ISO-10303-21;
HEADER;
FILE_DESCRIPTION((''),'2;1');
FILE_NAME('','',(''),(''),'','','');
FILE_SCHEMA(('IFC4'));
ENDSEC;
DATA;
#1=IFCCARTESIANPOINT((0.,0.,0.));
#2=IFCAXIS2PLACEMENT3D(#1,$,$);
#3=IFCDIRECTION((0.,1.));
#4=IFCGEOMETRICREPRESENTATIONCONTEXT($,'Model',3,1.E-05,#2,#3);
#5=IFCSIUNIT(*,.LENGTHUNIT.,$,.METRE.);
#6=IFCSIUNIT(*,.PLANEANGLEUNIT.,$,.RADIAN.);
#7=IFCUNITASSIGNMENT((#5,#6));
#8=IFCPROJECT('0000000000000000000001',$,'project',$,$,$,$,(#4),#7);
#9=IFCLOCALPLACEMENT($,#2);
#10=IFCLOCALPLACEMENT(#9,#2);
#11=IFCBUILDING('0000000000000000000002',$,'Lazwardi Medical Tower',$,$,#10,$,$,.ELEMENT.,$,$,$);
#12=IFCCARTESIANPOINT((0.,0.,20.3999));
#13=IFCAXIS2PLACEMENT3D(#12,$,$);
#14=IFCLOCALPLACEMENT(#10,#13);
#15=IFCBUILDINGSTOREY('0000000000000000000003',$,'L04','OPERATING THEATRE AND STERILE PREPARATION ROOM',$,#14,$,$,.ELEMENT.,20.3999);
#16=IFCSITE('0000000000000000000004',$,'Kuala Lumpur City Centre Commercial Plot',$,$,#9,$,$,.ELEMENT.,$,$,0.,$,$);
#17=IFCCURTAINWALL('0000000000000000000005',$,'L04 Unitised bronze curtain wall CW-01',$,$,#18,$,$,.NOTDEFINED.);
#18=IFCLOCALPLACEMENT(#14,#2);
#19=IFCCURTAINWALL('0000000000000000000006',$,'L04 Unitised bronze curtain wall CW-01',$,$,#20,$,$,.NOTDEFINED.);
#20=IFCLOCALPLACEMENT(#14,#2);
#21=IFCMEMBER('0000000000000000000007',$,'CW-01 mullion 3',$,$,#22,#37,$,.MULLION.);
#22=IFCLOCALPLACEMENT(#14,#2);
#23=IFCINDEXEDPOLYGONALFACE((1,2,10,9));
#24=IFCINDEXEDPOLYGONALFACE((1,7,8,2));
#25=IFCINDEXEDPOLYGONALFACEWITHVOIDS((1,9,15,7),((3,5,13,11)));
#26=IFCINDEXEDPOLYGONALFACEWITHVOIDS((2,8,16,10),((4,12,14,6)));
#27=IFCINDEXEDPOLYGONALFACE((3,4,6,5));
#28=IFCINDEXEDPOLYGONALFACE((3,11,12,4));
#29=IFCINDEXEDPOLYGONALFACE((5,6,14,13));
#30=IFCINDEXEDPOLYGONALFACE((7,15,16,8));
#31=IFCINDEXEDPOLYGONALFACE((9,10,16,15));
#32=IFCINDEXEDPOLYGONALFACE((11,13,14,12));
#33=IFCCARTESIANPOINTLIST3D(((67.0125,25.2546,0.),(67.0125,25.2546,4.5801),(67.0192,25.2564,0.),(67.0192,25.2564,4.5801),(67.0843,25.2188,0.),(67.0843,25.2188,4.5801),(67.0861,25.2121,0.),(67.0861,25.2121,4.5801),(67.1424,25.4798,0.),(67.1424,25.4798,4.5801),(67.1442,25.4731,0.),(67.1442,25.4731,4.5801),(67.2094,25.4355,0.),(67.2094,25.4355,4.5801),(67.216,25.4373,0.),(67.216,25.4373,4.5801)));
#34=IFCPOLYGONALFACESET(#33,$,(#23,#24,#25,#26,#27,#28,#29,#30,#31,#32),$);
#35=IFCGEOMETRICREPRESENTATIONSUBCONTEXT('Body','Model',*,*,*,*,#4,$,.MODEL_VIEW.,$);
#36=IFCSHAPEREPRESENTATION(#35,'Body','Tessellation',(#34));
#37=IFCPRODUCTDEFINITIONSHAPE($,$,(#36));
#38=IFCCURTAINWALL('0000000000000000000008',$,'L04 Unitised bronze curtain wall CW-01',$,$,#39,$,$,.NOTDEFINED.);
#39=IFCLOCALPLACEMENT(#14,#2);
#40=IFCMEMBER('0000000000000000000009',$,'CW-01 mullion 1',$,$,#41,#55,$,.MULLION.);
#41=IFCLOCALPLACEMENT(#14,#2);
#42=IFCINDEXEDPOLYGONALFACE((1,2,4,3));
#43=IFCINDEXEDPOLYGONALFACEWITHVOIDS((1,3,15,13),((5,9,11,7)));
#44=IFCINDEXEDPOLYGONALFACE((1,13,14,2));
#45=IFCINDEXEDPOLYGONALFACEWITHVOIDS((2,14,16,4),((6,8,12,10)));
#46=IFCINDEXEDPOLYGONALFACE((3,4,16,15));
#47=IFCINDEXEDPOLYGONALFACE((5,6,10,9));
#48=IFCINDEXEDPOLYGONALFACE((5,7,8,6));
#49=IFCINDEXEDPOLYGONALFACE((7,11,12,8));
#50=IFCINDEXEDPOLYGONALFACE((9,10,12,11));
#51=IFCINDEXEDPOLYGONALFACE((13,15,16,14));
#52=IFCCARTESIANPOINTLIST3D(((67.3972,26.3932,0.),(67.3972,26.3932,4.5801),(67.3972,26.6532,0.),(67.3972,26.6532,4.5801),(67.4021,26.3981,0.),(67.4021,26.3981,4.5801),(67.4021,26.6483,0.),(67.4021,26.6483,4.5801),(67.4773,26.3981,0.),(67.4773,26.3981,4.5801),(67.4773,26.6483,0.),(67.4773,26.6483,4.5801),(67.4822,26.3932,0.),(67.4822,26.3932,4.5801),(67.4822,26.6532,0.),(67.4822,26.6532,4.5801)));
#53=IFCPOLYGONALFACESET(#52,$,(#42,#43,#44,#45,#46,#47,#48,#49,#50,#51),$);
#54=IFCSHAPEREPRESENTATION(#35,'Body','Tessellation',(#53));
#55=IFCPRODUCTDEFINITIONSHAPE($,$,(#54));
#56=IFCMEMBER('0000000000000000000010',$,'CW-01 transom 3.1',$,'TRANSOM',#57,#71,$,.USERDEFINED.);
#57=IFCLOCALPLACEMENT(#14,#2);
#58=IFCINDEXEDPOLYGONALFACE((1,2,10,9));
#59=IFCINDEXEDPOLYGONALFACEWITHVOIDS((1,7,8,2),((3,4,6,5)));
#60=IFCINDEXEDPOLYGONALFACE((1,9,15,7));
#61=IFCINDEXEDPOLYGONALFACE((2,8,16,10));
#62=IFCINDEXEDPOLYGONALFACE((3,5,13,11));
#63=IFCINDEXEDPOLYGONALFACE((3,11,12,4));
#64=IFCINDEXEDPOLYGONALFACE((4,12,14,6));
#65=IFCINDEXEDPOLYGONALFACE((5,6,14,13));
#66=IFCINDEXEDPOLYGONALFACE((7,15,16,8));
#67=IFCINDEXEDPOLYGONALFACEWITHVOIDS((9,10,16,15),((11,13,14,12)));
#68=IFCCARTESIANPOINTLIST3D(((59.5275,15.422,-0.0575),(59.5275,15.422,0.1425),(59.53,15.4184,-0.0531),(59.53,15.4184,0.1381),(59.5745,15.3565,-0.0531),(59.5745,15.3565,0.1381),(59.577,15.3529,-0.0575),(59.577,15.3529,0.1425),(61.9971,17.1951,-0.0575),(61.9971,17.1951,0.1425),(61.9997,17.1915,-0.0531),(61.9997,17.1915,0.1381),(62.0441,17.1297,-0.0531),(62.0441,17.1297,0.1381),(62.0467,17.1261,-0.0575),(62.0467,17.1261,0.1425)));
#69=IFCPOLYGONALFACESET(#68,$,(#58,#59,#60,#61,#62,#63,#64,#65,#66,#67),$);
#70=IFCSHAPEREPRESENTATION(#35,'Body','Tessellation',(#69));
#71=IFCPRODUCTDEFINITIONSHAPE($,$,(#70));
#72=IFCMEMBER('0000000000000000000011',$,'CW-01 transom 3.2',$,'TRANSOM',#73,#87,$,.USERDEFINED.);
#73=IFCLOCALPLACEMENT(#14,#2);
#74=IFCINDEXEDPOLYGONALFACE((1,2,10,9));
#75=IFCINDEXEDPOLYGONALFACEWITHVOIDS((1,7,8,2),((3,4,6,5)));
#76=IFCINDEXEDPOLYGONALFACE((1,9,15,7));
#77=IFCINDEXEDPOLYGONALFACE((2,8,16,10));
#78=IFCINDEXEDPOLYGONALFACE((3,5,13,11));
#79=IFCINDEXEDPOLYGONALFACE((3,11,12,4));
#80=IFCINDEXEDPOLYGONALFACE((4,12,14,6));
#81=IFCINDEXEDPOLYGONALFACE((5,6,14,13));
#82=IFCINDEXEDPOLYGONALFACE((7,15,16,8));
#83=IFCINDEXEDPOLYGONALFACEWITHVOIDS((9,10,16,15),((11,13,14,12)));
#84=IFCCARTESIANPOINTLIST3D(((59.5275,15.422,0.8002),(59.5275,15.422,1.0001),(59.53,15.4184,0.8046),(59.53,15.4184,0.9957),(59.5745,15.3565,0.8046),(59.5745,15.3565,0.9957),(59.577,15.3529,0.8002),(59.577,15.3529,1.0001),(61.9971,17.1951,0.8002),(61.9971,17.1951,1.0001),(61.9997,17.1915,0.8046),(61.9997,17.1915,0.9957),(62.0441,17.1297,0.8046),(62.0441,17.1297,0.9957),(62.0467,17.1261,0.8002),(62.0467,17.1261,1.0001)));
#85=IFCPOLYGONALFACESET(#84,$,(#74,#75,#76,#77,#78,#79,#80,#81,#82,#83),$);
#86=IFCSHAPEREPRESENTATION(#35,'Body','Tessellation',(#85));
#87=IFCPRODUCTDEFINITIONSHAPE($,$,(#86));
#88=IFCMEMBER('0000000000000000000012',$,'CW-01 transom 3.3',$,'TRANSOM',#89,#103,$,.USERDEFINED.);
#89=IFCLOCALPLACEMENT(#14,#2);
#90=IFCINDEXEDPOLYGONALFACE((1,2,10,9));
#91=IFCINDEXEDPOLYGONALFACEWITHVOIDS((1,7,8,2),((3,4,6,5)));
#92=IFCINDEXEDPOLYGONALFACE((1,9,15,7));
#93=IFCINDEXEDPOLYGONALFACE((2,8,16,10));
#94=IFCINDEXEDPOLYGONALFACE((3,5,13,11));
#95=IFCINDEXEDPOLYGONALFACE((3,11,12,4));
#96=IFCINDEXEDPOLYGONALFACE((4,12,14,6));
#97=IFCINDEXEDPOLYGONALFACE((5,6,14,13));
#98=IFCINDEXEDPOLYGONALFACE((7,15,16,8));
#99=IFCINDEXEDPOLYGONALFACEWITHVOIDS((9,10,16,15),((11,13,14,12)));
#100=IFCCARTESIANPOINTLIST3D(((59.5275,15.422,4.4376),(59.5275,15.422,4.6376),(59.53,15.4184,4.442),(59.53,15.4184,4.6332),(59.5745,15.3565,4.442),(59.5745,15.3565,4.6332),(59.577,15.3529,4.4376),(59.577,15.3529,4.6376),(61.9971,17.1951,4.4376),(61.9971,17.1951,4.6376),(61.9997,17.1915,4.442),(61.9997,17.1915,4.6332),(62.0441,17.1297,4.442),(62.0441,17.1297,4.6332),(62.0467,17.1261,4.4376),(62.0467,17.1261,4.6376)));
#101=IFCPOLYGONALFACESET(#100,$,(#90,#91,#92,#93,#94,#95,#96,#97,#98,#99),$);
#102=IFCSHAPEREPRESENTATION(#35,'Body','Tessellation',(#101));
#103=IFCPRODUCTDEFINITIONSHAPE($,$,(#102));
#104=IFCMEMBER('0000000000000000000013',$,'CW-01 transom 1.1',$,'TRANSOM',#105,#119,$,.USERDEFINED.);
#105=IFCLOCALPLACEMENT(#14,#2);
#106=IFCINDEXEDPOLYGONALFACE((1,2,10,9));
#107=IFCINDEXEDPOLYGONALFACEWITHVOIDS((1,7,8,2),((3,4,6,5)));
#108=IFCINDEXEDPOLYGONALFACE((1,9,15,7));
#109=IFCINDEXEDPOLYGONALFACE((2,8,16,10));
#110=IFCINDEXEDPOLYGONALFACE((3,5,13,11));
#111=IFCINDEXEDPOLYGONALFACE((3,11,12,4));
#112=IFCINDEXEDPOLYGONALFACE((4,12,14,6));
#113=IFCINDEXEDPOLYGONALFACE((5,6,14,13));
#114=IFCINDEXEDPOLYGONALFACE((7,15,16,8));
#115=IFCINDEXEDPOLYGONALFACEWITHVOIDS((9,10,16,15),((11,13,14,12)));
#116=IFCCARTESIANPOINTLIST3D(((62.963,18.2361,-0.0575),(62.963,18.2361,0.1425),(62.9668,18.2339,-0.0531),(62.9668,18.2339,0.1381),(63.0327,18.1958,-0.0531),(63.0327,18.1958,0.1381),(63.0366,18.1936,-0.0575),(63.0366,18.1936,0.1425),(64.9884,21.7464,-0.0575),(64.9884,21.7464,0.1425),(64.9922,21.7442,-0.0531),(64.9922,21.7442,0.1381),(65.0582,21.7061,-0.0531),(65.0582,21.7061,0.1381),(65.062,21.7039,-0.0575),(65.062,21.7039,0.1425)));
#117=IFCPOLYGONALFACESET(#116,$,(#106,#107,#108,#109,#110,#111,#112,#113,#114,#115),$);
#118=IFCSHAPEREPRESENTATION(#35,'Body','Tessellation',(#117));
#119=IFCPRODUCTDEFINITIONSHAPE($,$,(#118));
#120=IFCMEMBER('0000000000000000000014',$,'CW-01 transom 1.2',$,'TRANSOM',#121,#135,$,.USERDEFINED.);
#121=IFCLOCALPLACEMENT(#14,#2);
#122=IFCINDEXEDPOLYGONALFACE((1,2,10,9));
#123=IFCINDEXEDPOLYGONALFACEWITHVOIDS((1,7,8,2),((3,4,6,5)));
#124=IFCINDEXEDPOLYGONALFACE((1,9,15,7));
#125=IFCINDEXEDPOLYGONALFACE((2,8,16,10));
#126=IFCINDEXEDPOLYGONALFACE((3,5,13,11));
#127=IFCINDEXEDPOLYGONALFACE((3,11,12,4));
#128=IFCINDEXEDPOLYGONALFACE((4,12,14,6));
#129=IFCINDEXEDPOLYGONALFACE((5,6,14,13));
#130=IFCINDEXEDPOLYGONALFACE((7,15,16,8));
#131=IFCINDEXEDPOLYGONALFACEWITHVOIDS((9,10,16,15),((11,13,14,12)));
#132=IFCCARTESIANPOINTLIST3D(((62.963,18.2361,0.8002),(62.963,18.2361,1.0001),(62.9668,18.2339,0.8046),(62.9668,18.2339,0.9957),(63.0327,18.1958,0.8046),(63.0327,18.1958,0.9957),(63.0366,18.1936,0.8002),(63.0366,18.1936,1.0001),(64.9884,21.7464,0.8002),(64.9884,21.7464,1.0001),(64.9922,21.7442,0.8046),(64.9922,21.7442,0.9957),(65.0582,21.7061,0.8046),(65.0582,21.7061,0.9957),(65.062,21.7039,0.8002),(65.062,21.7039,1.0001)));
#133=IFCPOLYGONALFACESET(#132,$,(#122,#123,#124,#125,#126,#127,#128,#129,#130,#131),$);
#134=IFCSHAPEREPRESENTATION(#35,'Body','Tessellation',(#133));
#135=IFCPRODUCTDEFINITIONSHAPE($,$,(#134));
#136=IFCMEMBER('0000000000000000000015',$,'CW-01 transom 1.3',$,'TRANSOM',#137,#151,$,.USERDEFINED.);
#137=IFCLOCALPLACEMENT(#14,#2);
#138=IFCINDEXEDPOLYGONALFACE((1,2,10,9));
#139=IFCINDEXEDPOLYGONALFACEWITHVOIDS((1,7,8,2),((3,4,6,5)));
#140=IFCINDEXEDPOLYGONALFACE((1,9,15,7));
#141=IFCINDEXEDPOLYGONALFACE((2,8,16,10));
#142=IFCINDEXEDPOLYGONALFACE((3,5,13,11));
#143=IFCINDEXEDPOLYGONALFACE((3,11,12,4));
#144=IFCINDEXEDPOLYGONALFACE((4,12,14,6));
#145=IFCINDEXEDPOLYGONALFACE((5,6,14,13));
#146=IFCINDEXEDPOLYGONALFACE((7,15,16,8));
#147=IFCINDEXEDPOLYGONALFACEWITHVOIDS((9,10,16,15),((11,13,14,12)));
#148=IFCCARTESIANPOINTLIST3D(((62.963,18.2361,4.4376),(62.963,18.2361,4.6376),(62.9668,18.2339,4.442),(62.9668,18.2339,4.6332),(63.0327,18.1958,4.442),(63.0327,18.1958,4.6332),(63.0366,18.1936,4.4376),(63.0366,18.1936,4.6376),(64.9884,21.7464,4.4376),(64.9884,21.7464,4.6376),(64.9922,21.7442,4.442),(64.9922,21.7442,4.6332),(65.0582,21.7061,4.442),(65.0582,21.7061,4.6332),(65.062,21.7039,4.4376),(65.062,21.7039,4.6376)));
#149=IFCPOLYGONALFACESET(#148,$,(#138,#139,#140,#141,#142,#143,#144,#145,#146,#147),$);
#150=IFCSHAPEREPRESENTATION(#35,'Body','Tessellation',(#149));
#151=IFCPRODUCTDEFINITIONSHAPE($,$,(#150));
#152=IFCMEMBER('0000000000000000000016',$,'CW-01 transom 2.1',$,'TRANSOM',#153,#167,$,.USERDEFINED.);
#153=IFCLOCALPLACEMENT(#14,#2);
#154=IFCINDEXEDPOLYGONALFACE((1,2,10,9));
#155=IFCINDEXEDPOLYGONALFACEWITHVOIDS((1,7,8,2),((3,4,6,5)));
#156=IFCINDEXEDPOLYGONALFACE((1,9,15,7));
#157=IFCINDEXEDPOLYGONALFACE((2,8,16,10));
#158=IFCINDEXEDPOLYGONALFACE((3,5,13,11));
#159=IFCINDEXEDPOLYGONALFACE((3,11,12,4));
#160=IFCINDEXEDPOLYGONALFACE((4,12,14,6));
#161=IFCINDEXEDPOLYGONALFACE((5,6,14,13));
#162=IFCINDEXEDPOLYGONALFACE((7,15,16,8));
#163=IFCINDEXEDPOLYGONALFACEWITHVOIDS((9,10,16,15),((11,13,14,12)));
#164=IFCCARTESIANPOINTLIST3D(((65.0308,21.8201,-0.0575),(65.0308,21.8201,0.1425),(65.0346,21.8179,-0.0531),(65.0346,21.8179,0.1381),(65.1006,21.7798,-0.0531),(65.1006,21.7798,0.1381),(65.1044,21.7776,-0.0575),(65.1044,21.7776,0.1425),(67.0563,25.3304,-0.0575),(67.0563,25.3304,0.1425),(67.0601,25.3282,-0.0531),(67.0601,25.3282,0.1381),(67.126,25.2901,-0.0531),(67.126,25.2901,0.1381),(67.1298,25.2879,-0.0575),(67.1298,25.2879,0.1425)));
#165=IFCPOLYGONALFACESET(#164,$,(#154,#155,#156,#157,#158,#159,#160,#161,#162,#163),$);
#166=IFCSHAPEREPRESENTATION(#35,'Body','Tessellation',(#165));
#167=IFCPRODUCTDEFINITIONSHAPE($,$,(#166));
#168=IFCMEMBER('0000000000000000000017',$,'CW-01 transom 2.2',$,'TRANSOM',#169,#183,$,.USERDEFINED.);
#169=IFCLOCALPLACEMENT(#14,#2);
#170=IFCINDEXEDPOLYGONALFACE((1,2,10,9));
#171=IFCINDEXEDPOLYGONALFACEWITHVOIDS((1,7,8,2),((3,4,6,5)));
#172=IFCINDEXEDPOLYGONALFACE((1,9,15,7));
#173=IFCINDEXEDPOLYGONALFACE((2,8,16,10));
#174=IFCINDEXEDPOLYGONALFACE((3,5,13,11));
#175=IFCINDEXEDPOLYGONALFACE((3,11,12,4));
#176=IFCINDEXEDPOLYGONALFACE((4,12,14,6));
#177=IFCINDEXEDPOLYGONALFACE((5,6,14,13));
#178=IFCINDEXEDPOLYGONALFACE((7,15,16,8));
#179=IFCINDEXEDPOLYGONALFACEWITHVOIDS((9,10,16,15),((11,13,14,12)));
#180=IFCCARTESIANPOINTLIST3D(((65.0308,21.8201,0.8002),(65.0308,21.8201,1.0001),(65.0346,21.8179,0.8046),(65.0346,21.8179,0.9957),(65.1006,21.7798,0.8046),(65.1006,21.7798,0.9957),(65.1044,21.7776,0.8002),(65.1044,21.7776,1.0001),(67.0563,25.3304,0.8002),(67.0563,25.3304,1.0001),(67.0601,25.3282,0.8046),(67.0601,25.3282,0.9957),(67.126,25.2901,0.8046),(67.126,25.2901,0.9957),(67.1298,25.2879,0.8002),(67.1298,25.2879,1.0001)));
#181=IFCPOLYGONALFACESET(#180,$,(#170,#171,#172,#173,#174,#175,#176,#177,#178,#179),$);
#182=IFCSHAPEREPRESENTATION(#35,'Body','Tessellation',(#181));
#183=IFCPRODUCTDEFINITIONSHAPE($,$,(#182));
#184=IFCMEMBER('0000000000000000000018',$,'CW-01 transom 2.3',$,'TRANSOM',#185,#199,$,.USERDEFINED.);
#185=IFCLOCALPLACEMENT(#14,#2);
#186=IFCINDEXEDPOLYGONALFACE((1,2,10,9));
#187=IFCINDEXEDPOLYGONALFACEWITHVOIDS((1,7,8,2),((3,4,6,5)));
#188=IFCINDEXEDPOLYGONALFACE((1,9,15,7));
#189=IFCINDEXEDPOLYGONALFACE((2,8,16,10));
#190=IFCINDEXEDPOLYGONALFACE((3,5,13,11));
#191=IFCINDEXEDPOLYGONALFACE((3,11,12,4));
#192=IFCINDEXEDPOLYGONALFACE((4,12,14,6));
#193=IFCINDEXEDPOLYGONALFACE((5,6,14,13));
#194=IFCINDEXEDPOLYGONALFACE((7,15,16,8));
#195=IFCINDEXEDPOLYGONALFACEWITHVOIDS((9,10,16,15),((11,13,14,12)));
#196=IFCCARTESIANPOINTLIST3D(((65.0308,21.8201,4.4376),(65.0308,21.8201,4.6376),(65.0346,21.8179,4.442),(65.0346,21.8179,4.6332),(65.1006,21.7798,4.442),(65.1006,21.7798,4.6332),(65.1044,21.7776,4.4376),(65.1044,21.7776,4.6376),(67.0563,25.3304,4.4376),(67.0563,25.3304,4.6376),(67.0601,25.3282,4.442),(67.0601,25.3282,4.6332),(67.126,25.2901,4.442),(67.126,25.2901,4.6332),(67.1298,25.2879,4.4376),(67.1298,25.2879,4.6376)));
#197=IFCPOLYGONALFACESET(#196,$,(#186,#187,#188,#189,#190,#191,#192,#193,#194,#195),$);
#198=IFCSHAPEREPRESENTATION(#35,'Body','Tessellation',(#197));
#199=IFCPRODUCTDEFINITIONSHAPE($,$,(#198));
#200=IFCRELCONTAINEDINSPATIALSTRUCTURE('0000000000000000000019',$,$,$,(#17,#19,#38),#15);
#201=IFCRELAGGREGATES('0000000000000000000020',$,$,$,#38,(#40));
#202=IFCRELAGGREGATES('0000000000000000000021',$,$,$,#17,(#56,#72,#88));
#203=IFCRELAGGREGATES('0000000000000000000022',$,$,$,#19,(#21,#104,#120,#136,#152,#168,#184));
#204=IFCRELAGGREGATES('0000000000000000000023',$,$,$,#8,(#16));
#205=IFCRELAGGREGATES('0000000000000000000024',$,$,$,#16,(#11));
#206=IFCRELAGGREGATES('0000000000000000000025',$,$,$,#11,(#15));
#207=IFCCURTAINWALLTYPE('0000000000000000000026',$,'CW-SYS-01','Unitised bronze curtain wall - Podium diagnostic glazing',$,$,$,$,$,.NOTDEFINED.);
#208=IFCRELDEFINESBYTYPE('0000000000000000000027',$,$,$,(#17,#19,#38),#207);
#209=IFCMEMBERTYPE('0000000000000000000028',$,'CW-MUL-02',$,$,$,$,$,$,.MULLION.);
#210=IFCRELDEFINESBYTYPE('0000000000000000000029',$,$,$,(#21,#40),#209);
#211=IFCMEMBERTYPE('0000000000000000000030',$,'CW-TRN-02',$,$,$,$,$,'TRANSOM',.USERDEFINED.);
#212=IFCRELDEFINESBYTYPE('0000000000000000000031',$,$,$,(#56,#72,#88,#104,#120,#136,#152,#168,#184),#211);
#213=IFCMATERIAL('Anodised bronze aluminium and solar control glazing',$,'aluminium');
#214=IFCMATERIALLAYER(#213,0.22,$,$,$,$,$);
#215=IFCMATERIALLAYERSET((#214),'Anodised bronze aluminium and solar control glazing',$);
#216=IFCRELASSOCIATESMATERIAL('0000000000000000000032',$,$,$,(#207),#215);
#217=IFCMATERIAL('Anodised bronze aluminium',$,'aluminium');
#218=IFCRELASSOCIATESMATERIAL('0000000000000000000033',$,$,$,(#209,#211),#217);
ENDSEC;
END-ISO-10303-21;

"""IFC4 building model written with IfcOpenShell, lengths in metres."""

from ifc_helpers import new_model, si_unit, direction, frame, origin, origin_2d, place, context, subcontext, project, spatial, hollow_rectangle, extrude, material, layer, layer_set, material_profile, profile_set, type_object, element, aggregate, save


model = new_model("IFC4")

# Units and contexts
model_context = context("Model", 3, precision=1e-05, world=origin(), true_north=direction((0.0, 1.0)))
body_context = subcontext(model_context, "Body", "Model", "MODEL_VIEW")
ifc_project = project(units=[si_unit("LENGTHUNIT", "METRE"), si_unit("PLANEANGLEUNIT", "RADIAN")], contexts=[model_context])

# Site, building, storey
site_placement = place(None, origin())
site = spatial("IfcSite", under=ifc_project, at=site_placement, Name="Kuala Lumpur City Centre Commercial Plot", CompositionType="ELEMENT", RefElevation=0.0)
building_placement = place(site_placement, origin())
building = spatial("IfcBuilding", under=site, at=building_placement, Name="Lazwardi Medical Tower", CompositionType="ELEMENT")
storey_placement = place(building_placement, frame((0.0, 0.0, 20.3999)))
storey = spatial("IfcBuildingStorey", under=building, at=storey_placement, Name="L04", Description="OPERATING THEATRE AND STERILE PREPARATION ROOM", CompositionType="ELEMENT", Elevation=20.3999)

# Curtain walls, member
ifc_material_1 = material(Name="Anodised bronze aluminium and solar control glazing", Category="aluminium")
ifc_layer_1 = layer(ifc_material_1, 0.22)
ifc_layer_set_1 = layer_set([ifc_layer_1], Name="Anodised bronze aluminium and solar control glazing")
curtain_wall_type = type_object("IfcCurtainWallType", Name="CW-SYS-01", Description="Unitised bronze curtain wall - Podium diagnostic glazing", PredefinedType="NOTDEFINED", material=ifc_layer_set_1)
curtain_wall_1_placement = place(storey_placement, origin())
curtain_wall_1 = element("IfcCurtainWall", 1, at=curtain_wall_1_placement, inside=storey, type_object=curtain_wall_type, Name="L04 Unitised bronze curtain wall CW-01", PredefinedType="NOTDEFINED")
ifc_material_2 = material(Name="Anodised bronze aluminium", Category="aluminium")
ifc_material_profile_1 = material_profile(ifc_material_2, hollow_rectangle(XDim=0.085, YDim=0.26, WallThickness=0.0049, at=origin_2d()), Name="ALU-MULLION 260x85x5")
ifc_profile_set_1 = profile_set([ifc_material_profile_1], Name="Anodised bronze aluminium")
member_type_1 = type_object("IfcMemberType", Name="CW-MUL-02", PredefinedType="MULLION", material=ifc_profile_set_1)
curtain_wall_2_placement = place(storey_placement, origin())
curtain_wall_2 = element("IfcCurtainWall", 2, at=curtain_wall_2_placement, inside=storey, type_object=curtain_wall_type, Name="L04 Unitised bronze curtain wall CW-01", PredefinedType="NOTDEFINED")
member_1_placement = place(storey_placement, frame((67.1143, 25.3459, 0.0), z_axis=(0.0, 0.0, 1.0), x_axis=(-0.866181, 0.499731, 0.0)))
member_1 = element("IfcMember", 3, at=member_1_placement, type_object=member_type_1, Name="CW-01 mullion 3", PredefinedType="MULLION", context=body_context, shape_type="SweptSolid", body=[
    extrude(hollow_rectangle(XDim=0.085, YDim=0.26, WallThickness=0.0049, at=origin_2d()), origin(), (0.0, 0.0, 1.0), 4.5801),
])

# Curtain wall, member
curtain_wall_3_placement = place(storey_placement, origin())
curtain_wall_3 = element("IfcCurtainWall", 4, at=curtain_wall_3_placement, inside=storey, type_object=curtain_wall_type, Name="L04 Unitised bronze curtain wall CW-01", PredefinedType="NOTDEFINED")
member_2_placement = place(storey_placement, frame((67.4397, 26.5232, 0.0), z_axis=(0.0, 0.0, 1.0), x_axis=(-1.0, 0.0, 0.0)))
member_2 = element("IfcMember", 5, at=member_2_placement, type_object=member_type_1, Name="CW-01 mullion 1", PredefinedType="MULLION", context=body_context, shape_type="SweptSolid", body=[
    extrude(hollow_rectangle(XDim=0.085, YDim=0.26, WallThickness=0.0049, at=origin_2d()), origin(), (0.0, 0.0, 1.0), 4.5801),
])

# Members
ifc_material_profile_2 = material_profile(ifc_material_2, hollow_rectangle(XDim=0.085, YDim=0.2, WallThickness=0.0044, at=origin_2d()), Name="ALU-TRANSOM 200x85x4.5")
ifc_profile_set_2 = profile_set([ifc_material_profile_2], Name="Anodised bronze aluminium")
member_type_2 = type_object("IfcMemberType", Name="CW-TRN-02", ElementType="TRANSOM", PredefinedType="USERDEFINED", material=ifc_profile_set_2)
member_3_placement = place(storey_placement, frame((59.5522, 15.3875, 0.0425), z_axis=(0.812315, 0.583219, 0.0), x_axis=(-0.583219, 0.812315, 0.0)))
member_3 = element("IfcMember", 6, at=member_3_placement, type_object=member_type_2, Name="CW-01 transom 3.1", ObjectType="TRANSOM", PredefinedType="USERDEFINED", context=body_context, shape_type="SweptSolid", body=[
    extrude(hollow_rectangle(XDim=0.085, YDim=0.2, WallThickness=0.0044, at=origin_2d()), origin(), (0.0, 0.0, 1.0), 3.0403),
])
member_4_placement = place(storey_placement, frame((59.5522, 15.3875, 0.9001), z_axis=(0.812315, 0.583219, 0.0), x_axis=(-0.583219, 0.812315, 0.0)))
member_4 = element("IfcMember", 7, at=member_4_placement, type_object=member_type_2, Name="CW-01 transom 3.2", ObjectType="TRANSOM", PredefinedType="USERDEFINED", context=body_context, shape_type="SweptSolid", body=[
    extrude(hollow_rectangle(XDim=0.085, YDim=0.2, WallThickness=0.0044, at=origin_2d()), origin(), (0.0, 0.0, 1.0), 3.0403),
])
member_5_placement = place(storey_placement, frame((59.5522, 15.3875, 4.5376), z_axis=(0.812315, 0.583219, 0.0), x_axis=(-0.583219, 0.812315, 0.0)))
member_5 = element("IfcMember", 8, at=member_5_placement, type_object=member_type_2, Name="CW-01 transom 3.3", ObjectType="TRANSOM", PredefinedType="USERDEFINED", context=body_context, shape_type="SweptSolid", body=[
    extrude(hollow_rectangle(XDim=0.085, YDim=0.2, WallThickness=0.0044, at=origin_2d()), origin(), (0.0, 0.0, 1.0), 3.0403),
])
member_6_placement = place(storey_placement, frame((62.9998, 18.2148, 0.0425), z_axis=(0.499768, 0.86616, 0.0), x_axis=(-0.86616, 0.499768, 0.0)))
member_6 = element("IfcMember", 9, at=member_6_placement, type_object=member_type_2, Name="CW-01 transom 1.1", ObjectType="TRANSOM", PredefinedType="USERDEFINED", context=body_context, shape_type="SweptSolid", body=[
    extrude(hollow_rectangle(XDim=0.085, YDim=0.2, WallThickness=0.0044, at=origin_2d()), origin(), (0.0, 0.0, 1.0), 4.0527),
])
member_7_placement = place(storey_placement, frame((62.9998, 18.2148, 0.9001), z_axis=(0.499768, 0.86616, 0.0), x_axis=(-0.86616, 0.499768, 0.0)))
member_7 = element("IfcMember", 10, at=member_7_placement, type_object=member_type_2, Name="CW-01 transom 1.2", ObjectType="TRANSOM", PredefinedType="USERDEFINED", context=body_context, shape_type="SweptSolid", body=[
    extrude(hollow_rectangle(XDim=0.085, YDim=0.2, WallThickness=0.0044, at=origin_2d()), origin(), (0.0, 0.0, 1.0), 4.0527),
])
member_8_placement = place(storey_placement, frame((62.9998, 18.2148, 4.5376), z_axis=(0.499768, 0.86616, 0.0), x_axis=(-0.86616, 0.499768, 0.0)))
member_8 = element("IfcMember", 11, at=member_8_placement, type_object=member_type_2, Name="CW-01 transom 1.3", ObjectType="TRANSOM", PredefinedType="USERDEFINED", context=body_context, shape_type="SweptSolid", body=[
    extrude(hollow_rectangle(XDim=0.085, YDim=0.2, WallThickness=0.0044, at=origin_2d()), origin(), (0.0, 0.0, 1.0), 4.0527),
])
member_9_placement = place(storey_placement, frame((65.0676, 21.7988, 0.0425), z_axis=(0.499768, 0.86616, 0.0), x_axis=(-0.86616, 0.499768, 0.0)))
member_9 = element("IfcMember", 12, at=member_9_placement, type_object=member_type_2, Name="CW-01 transom 2.1", ObjectType="TRANSOM", PredefinedType="USERDEFINED", context=body_context, shape_type="SweptSolid", body=[
    extrude(hollow_rectangle(XDim=0.085, YDim=0.2, WallThickness=0.0044, at=origin_2d()), origin(), (0.0, 0.0, 1.0), 4.0527),
])
member_10_placement = place(storey_placement, frame((65.0676, 21.7988, 0.9001), z_axis=(0.499768, 0.86616, 0.0), x_axis=(-0.86616, 0.499768, 0.0)))
member_10 = element("IfcMember", 13, at=member_10_placement, type_object=member_type_2, Name="CW-01 transom 2.2", ObjectType="TRANSOM", PredefinedType="USERDEFINED", context=body_context, shape_type="SweptSolid", body=[
    extrude(hollow_rectangle(XDim=0.085, YDim=0.2, WallThickness=0.0044, at=origin_2d()), origin(), (0.0, 0.0, 1.0), 4.0527),
])
member_11_placement = place(storey_placement, frame((65.0676, 21.7988, 4.5376), z_axis=(0.499768, 0.86616, 0.0), x_axis=(-0.86616, 0.499768, 0.0)))
member_11 = element("IfcMember", 14, at=member_11_placement, type_object=member_type_2, Name="CW-01 transom 2.3", ObjectType="TRANSOM", PredefinedType="USERDEFINED", context=body_context, shape_type="SweptSolid", body=[
    extrude(hollow_rectangle(XDim=0.085, YDim=0.2, WallThickness=0.0044, at=origin_2d()), origin(), (0.0, 0.0, 1.0), 4.0527),
])
aggregate(curtain_wall_3, [member_2])

aggregate(curtain_wall_1, [member_3, member_4, member_5])
aggregate(curtain_wall_2, [member_1, member_6, member_7, member_8, member_9, member_10, member_11])

save(model, "model.ifc")
